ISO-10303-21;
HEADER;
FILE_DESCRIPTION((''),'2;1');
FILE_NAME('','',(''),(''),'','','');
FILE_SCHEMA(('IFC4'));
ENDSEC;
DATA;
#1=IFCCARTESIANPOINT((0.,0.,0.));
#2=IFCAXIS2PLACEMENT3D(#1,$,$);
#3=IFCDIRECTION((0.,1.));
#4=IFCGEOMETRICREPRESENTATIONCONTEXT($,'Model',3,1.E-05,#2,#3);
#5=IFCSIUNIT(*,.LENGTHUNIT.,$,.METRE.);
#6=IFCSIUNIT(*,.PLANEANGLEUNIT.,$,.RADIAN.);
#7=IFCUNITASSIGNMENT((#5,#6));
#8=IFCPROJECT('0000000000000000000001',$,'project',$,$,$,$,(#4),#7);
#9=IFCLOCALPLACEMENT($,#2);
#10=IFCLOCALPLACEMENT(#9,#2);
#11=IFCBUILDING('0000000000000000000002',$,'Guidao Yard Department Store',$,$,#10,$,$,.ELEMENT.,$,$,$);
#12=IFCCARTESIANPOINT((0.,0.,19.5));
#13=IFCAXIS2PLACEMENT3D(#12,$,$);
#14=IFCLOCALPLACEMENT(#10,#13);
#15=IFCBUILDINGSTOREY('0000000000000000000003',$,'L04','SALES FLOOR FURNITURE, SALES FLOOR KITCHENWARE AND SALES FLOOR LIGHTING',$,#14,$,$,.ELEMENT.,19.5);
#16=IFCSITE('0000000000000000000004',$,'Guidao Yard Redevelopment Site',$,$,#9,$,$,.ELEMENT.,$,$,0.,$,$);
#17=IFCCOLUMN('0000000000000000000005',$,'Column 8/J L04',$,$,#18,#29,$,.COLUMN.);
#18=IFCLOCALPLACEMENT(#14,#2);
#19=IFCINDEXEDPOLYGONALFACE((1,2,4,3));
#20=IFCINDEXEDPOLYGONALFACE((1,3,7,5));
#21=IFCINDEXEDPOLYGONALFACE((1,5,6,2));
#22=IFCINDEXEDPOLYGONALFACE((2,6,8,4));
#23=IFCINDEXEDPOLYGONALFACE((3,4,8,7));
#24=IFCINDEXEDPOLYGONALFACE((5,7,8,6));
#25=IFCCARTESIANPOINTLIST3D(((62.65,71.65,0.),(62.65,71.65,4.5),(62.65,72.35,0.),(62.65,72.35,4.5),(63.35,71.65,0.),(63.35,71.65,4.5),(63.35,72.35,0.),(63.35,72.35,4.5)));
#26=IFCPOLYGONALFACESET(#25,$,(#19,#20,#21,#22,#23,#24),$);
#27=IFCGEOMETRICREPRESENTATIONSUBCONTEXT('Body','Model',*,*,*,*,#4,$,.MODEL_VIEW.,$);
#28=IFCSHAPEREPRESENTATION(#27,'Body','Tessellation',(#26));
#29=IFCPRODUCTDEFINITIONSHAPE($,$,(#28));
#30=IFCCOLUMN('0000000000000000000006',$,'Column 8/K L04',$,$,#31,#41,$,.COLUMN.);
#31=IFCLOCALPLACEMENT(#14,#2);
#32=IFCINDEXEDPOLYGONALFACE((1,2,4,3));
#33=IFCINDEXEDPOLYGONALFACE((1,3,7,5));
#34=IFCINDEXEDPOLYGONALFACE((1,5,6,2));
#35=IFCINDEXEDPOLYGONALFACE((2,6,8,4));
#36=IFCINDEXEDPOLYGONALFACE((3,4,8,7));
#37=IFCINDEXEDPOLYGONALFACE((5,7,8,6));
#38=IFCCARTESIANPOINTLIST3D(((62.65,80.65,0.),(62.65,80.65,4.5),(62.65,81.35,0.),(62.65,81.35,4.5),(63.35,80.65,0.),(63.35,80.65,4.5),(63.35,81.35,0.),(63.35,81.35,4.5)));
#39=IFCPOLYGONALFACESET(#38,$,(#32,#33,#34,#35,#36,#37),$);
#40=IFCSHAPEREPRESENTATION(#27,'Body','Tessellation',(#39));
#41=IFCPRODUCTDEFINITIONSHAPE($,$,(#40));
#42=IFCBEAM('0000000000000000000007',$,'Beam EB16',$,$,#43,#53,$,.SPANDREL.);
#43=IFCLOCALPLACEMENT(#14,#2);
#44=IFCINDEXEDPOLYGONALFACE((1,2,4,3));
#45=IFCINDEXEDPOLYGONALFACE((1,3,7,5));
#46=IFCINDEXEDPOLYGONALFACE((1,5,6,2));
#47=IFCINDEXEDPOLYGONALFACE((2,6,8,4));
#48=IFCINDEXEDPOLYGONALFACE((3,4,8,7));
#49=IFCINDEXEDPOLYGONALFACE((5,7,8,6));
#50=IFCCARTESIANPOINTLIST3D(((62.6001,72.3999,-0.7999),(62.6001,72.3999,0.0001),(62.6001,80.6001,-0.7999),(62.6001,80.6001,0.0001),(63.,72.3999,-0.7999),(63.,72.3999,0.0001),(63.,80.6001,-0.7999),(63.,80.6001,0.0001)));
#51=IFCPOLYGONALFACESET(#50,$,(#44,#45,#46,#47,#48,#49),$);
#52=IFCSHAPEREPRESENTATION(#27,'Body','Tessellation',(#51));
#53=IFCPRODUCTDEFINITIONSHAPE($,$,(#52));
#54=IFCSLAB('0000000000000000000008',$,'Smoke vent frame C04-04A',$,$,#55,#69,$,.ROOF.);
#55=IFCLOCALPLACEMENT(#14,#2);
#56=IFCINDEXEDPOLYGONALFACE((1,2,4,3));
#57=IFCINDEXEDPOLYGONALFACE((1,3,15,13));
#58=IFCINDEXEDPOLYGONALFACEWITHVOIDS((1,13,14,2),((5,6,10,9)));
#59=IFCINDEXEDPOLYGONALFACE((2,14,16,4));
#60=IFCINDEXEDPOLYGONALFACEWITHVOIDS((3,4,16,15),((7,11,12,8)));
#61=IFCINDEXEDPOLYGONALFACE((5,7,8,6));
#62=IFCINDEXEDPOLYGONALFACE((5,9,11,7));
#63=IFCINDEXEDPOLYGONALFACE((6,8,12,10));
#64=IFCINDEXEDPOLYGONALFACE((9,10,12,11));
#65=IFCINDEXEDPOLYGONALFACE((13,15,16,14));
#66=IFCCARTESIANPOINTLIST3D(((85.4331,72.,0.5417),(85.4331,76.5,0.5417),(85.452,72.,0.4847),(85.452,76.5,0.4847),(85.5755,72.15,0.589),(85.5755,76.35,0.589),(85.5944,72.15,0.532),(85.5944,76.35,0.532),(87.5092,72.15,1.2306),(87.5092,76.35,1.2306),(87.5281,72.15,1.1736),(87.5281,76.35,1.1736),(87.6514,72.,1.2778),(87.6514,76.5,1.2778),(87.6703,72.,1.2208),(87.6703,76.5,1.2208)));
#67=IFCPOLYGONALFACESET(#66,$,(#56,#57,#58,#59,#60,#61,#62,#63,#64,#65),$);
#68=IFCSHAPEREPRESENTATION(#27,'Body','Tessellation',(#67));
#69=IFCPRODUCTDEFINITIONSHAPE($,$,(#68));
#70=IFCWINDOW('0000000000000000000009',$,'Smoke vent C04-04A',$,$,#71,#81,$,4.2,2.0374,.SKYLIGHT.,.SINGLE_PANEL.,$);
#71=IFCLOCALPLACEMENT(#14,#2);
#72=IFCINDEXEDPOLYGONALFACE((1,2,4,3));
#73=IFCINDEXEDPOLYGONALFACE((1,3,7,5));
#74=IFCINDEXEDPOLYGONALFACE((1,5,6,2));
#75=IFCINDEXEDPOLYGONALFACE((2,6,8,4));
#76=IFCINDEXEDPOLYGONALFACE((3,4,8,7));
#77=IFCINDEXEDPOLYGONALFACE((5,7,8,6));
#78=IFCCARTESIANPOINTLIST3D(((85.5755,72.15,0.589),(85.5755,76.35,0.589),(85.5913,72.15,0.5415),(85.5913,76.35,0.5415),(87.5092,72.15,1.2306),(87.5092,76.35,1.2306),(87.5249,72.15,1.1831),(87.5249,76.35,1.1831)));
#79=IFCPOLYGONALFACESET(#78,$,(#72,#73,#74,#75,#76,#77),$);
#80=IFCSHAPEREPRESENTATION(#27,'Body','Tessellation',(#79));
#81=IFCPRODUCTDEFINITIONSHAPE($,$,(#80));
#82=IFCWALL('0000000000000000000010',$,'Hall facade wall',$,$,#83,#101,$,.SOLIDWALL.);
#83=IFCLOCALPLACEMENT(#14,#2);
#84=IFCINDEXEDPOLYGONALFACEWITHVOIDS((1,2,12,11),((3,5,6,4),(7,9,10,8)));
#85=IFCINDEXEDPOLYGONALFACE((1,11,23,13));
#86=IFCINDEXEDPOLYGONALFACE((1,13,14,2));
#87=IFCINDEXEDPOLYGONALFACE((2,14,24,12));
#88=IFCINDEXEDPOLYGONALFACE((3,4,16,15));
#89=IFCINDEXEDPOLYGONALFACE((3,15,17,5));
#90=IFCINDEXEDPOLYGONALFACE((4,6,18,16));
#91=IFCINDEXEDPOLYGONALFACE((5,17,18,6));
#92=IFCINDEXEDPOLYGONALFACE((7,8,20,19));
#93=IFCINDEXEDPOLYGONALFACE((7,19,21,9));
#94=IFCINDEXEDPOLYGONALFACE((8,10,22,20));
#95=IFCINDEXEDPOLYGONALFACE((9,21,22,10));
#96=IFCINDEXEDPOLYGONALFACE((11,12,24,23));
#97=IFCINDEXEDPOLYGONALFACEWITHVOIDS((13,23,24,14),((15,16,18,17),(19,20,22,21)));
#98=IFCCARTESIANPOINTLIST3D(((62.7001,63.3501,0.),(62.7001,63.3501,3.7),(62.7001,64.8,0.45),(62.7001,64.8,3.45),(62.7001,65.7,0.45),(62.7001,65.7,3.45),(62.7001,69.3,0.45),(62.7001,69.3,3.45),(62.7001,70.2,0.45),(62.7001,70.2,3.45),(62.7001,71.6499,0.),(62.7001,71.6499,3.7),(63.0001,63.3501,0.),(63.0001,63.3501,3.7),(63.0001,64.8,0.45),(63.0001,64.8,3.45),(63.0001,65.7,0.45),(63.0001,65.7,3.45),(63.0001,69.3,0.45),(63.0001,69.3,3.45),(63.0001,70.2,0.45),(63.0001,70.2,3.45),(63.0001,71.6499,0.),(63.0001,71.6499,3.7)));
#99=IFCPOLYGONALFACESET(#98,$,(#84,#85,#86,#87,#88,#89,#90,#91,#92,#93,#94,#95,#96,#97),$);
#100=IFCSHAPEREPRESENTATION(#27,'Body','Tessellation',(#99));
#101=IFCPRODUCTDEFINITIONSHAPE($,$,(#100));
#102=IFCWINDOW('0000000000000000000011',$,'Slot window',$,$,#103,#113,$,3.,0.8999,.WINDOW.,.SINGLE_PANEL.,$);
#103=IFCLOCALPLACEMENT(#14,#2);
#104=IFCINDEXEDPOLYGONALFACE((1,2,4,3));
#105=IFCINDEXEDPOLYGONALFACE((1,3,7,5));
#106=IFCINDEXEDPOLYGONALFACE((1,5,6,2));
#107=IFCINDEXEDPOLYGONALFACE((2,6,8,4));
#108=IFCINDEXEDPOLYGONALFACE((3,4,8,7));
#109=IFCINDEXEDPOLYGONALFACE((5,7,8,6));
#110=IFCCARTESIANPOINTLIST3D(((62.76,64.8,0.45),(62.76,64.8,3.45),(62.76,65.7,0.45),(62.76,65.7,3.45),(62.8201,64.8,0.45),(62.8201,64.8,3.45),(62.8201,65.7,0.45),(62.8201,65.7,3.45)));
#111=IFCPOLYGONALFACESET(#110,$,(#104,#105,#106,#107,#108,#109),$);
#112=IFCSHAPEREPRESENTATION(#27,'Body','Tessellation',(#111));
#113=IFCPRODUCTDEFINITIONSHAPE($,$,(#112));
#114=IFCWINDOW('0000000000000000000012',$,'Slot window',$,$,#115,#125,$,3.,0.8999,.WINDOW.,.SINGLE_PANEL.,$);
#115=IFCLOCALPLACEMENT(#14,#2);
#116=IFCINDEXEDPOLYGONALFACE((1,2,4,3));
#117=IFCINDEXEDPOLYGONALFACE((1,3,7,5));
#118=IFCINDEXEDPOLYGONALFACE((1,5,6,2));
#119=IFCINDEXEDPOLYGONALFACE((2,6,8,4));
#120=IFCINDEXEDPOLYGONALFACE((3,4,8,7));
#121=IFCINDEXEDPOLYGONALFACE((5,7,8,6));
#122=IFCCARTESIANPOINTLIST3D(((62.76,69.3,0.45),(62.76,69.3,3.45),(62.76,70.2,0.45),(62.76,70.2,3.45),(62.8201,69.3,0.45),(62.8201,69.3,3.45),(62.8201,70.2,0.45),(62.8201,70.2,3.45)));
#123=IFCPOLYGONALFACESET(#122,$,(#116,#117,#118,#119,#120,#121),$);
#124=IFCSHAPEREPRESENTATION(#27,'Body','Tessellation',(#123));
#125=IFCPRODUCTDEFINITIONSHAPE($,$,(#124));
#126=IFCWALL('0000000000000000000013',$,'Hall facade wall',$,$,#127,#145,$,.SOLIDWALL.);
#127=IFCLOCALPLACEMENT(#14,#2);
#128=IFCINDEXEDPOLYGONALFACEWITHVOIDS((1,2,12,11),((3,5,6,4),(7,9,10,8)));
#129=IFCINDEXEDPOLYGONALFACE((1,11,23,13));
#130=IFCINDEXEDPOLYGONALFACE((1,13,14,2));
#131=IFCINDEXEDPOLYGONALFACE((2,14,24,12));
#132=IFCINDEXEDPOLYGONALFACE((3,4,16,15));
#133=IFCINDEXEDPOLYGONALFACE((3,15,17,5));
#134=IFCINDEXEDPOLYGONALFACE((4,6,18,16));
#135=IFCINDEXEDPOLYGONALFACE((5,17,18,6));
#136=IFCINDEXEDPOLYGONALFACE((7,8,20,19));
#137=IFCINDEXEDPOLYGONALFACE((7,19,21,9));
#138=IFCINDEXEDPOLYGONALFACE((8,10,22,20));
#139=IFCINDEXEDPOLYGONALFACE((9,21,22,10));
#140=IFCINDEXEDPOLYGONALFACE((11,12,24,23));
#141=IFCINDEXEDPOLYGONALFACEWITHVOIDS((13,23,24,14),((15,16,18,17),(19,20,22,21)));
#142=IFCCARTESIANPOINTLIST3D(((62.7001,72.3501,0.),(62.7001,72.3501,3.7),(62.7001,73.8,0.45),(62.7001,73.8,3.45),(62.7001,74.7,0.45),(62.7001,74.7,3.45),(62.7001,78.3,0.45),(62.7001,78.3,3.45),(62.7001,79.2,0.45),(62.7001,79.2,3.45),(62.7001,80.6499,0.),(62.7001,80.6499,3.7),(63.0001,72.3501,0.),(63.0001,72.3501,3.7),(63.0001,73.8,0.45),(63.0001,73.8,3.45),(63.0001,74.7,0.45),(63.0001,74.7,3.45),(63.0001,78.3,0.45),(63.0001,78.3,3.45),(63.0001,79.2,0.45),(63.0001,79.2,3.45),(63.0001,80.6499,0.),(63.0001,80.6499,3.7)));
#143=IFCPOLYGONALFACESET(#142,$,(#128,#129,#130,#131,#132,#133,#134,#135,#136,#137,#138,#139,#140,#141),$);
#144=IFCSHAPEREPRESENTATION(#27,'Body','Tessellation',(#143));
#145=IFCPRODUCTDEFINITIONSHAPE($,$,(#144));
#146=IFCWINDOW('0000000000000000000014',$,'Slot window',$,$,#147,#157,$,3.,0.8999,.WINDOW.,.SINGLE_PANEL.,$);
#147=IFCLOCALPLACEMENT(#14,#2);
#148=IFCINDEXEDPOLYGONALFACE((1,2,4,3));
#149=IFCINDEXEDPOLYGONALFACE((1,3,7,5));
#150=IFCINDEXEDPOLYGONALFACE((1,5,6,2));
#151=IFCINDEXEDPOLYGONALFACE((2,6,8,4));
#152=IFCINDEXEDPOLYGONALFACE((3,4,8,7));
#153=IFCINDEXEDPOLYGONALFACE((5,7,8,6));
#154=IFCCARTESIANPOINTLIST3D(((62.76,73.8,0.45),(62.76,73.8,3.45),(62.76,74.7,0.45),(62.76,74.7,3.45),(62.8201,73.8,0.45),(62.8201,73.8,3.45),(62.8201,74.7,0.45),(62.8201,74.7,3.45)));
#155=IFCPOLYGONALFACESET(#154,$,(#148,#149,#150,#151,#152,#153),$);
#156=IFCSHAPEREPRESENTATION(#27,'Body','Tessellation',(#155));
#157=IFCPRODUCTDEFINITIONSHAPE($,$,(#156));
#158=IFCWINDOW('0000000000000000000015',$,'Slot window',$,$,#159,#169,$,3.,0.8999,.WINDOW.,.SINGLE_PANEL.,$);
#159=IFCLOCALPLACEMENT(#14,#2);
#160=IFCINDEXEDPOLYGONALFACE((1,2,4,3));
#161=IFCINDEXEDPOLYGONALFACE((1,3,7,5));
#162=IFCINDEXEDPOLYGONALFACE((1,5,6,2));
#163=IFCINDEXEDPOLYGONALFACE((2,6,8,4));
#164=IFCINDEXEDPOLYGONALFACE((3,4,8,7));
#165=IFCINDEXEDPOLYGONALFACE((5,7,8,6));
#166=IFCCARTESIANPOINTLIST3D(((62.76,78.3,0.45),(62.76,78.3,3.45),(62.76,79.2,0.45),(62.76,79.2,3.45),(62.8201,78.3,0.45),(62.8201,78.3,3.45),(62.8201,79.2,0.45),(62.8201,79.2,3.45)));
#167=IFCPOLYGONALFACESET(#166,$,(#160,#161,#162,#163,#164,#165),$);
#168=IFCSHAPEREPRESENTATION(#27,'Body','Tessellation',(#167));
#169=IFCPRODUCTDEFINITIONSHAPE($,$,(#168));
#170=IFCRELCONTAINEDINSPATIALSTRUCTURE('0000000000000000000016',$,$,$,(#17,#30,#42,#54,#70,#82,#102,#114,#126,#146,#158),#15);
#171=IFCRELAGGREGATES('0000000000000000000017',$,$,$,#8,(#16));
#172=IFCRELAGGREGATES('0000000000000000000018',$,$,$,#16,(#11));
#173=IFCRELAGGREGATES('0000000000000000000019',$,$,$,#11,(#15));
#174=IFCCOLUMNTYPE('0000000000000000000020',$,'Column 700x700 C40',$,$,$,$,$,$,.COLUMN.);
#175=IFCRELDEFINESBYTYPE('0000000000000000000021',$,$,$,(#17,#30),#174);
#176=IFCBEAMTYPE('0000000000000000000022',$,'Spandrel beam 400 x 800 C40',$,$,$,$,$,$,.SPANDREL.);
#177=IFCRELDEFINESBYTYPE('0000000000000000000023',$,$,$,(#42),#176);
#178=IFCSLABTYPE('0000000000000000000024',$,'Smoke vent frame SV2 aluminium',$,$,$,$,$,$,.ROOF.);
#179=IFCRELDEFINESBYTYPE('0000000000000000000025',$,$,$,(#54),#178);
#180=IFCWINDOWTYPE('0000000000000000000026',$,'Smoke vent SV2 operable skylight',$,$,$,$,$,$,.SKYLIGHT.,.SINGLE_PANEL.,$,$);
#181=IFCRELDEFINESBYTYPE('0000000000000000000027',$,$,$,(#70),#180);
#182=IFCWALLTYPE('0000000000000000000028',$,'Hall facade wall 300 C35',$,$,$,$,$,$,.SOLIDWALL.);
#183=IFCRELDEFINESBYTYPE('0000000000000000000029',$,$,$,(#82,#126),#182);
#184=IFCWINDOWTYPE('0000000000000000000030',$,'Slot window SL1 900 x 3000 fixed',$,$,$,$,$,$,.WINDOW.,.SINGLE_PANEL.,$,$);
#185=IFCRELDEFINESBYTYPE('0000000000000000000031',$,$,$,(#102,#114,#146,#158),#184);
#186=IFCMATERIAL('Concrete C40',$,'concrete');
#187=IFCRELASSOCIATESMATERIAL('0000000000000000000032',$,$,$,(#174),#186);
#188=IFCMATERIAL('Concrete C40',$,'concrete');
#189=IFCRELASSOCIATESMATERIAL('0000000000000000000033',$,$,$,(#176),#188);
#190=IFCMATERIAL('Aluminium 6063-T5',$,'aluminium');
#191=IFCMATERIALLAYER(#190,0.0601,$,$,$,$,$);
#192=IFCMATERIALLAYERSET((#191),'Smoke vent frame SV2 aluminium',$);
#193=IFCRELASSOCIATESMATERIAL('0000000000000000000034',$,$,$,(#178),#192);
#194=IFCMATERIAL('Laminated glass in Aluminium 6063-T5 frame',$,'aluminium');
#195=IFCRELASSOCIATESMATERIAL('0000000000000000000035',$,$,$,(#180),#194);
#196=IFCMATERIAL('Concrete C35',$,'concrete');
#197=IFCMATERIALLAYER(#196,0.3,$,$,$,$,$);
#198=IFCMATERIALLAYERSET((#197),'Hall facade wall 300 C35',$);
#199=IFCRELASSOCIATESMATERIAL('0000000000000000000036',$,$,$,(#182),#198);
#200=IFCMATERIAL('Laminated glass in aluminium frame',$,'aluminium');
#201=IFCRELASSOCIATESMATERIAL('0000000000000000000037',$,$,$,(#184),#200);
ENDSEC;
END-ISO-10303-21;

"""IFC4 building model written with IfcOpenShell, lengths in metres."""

from ifc_helpers import new_model, si_unit, direction, frame, frame_2d, origin, origin_2d, place, context, subcontext, project, spatial, polyline, rectangle, outline, extrude, material, layer, layer_set, material_profile, profile_set, type_object, element, fill, save


model = new_model("IFC4")

# Units and contexts
model_context = context("Model", 3, precision=1e-05, world=origin(), true_north=direction((0.0, 1.0)))
body_context = subcontext(model_context, "Body", "Model", "MODEL_VIEW")
ifc_project = project(units=[si_unit("LENGTHUNIT", "METRE"), si_unit("PLANEANGLEUNIT", "RADIAN")], contexts=[model_context])

# Site, building, storey
site_placement = place(None, origin())
site = spatial("IfcSite", under=ifc_project, at=site_placement, Name="Guidao Yard Redevelopment Site", CompositionType="ELEMENT", RefElevation=0.0)
building_placement = place(site_placement, origin())
building = spatial("IfcBuilding", under=site, at=building_placement, Name="Guidao Yard Department Store", CompositionType="ELEMENT")
storey_placement = place(building_placement, frame((0.0, 0.0, 19.5)))
storey = spatial("IfcBuildingStorey", under=building, at=storey_placement, Name="L04", Description="SALES FLOOR FURNITURE, SALES FLOOR KITCHENWARE AND SALES FLOOR LIGHTING", CompositionType="ELEMENT", Elevation=19.5)

# Columns
ifc_material_1 = material(Name="Concrete C40", Category="concrete")
ifc_material_profile_1 = material_profile(ifc_material_1, rectangle(XDim=0.7, YDim=0.7, at=origin_2d()), Name="COL 700x700")
ifc_profile_set_1 = profile_set([ifc_material_profile_1], Name="Concrete C40")
column_type = type_object("IfcColumnType", Name="Column 700x700 C40", PredefinedType="COLUMN", material=ifc_profile_set_1)
for number, where, z_axis, x_axis, name in (
    (1, (63.0, 72.0, 0.0), (0.0, 0.0, 1.0), (1.0, 0.0, 0.0), "Column 8/J L04"),
    (2, (63.0, 81.0, 0.0), (0.0, 0.0, 1.0), (1.0, 0.0, 0.0), "Column 8/K L04"),
):
    element("IfcColumn", number, at=place(storey_placement, frame(where, z_axis=z_axis, x_axis=x_axis)), inside=storey, type_object=column_type, Name=name, PredefinedType="COLUMN", context=body_context, shape_type="SweptSolid", body=[
        extrude(rectangle(XDim=0.7, YDim=0.7, at=origin_2d()), origin(), (0.0, 0.0, 1.0), 4.5),
    ])

# Beam
ifc_material_2 = material(Name="Concrete C40", Category="concrete")
ifc_material_profile_2 = material_profile(ifc_material_2, rectangle(XDim=0.3999, YDim=0.8, at=origin_2d()), Name="Spandrel beam 400 x 800 C40")
ifc_profile_set_2 = profile_set([ifc_material_profile_2], Name="Concrete C40")
beam_type = type_object("IfcBeamType", Name="Spandrel beam 400 x 800 C40", PredefinedType="SPANDREL", material=ifc_profile_set_2)
beam_placement = place(storey_placement, frame((62.8, 72.3999, -0.3999), z_axis=(0.0, 1.0, 0.0), x_axis=(-1.0, 0.0, 0.0)))
element("IfcBeam", 3, at=beam_placement, inside=storey, type_object=beam_type, Name="Beam EB16", PredefinedType="SPANDREL", context=body_context, shape_type="SweptSolid", body=[
    extrude(rectangle(XDim=0.3999, YDim=0.8, at=origin_2d()), origin(), (0.0, 0.0, 1.0), 8.2002),
])

# Slab, opening, window
ifc_material_3 = material(Name="Aluminium 6063-T5", Category="aluminium")
ifc_layer_1 = layer(ifc_material_3, 0.0601)
ifc_layer_set_1 = layer_set([ifc_layer_1], Name="Smoke vent frame SV2 aluminium")
slab_type = type_object("IfcSlabType", Name="Smoke vent frame SV2 aluminium", PredefinedType="ROOF", material=ifc_layer_set_1)
slab_placement = place(storey_placement, frame((85.4331, 72.0, 0.5417), z_axis=(-0.314943, 0.0, 0.949111), x_axis=(0.949111, 0.0, 0.314943)))
slab = element("IfcSlab", 4, at=slab_placement, inside=storey, type_object=slab_type, Name="Smoke vent frame C04-04A", PredefinedType="ROOF", context=body_context, shape_type="SweptSolid", body=[
    extrude(outline(polyline([(0.0, 0.0), (2.3372, 0.0), (2.3372, 4.5), (0.0, 4.5), (0.0, 0.0)])), origin(), (0.0, 0.0, -1.0), 0.0601),
])
opening_1_placement = place(slab_placement, frame((1.1687, 2.25, 0.0)))
opening_1 = element("IfcOpeningElement", 5, at=opening_1_placement, cuts=slab, PredefinedType="OPENING", context=body_context, shape_type="SweptSolid", body=[
    extrude(rectangle(XDim=2.0374, YDim=4.2, at=origin_2d()), frame((0.0, 0.0, 0.01)), (0.0, 0.0, -1.0), 0.0801),
])
ifc_material_4 = material(Name="Laminated glass in Aluminium 6063-T5 frame", Category="aluminium")
window_type_1 = type_object("IfcWindowType", Name="Smoke vent SV2 operable skylight", PartitioningType="SINGLE_PANEL", PredefinedType="SKYLIGHT", material=ifc_material_4)
window_1_placement = place(opening_1_placement, frame((0.0, 0.0, -0.05)))
window_1 = element("IfcWindow", 6, at=window_1_placement, inside=storey, type_object=window_type_1, Name="Smoke vent C04-04A", OverallHeight=4.2, OverallWidth=2.0374, PartitioningType="SINGLE_PANEL", PredefinedType="SKYLIGHT", context=body_context, shape_type="SweptSolid", body=[
    extrude(rectangle(XDim=2.0374, YDim=4.2, at=origin_2d()), origin(), (0.0, 0.0, 1.0), 0.05),
])
fill(opening_1, window_1)

# Walls, openings, windows
ifc_material_5 = material(Name="Concrete C35", Category="concrete")
ifc_layer_2 = layer(ifc_material_5, 0.3)
ifc_layer_set_2 = layer_set([ifc_layer_2], Name="Hall facade wall 300 C35")
wall_type_1 = type_object("IfcWallType", Name="Hall facade wall 300 C35", PredefinedType="SOLIDWALL", material=ifc_layer_set_2)
wall_1_placement = place(storey_placement, frame((62.8501, 71.6499, 0.0), z_axis=(0.0, 0.0, 1.0), x_axis=(0.0, -1.0, 0.0)))
wall_1 = element("IfcWall", 7, at=wall_1_placement, inside=storey, type_object=wall_type_1, Name="Hall facade wall", PredefinedType="SOLIDWALL", context=body_context, shape_type="SweptSolid", body=[
    extrude(rectangle(XDim=8.2998, YDim=0.3, at=frame_2d((4.1499, 0.0))), origin(), (0.0, 0.0, 1.0), 3.7),
])
opening_2_placement = place(wall_1_placement, frame((5.95, 0.0, 0.45)))
opening_2 = element("IfcOpeningElement", 8, at=opening_2_placement, cuts=wall_1, PredefinedType="OPENING", context=body_context, shape_type="SweptSolid", body=[
    extrude(rectangle(XDim=0.8999, YDim=3.0, at=frame_2d((0.45, 1.5))), frame((0.0, 0.1599, 0.0), z_axis=(0.0, -1.0, 0.0), x_axis=(1.0, 0.0, 0.0)), (0.0, 0.0, 1.0), 0.3201),
])
opening_3_placement = place(wall_1_placement, frame((1.45, 0.0, 0.45)))
opening_3 = element("IfcOpeningElement", 9, at=opening_3_placement, cuts=wall_1, PredefinedType="OPENING", context=body_context, shape_type="SweptSolid", body=[
    extrude(rectangle(XDim=0.8999, YDim=3.0, at=frame_2d((0.45, 1.5))), frame((0.0, 0.1599, 0.0), z_axis=(0.0, -1.0, 0.0), x_axis=(1.0, 0.0, 0.0)), (0.0, 0.0, 1.0), 0.3201),
])
ifc_material_6 = material(Name="Laminated glass in aluminium frame", Category="aluminium")
window_type_2 = type_object("IfcWindowType", Name="Slot window SL1 900 x 3000 fixed", PartitioningType="SINGLE_PANEL", PredefinedType="WINDOW", material=ifc_material_6)
window_2_placement = place(opening_2_placement, origin())
window_2 = element("IfcWindow", 10, at=window_2_placement, inside=storey, type_object=window_type_2, Name="Slot window", OverallHeight=3.0, OverallWidth=0.8999, PartitioningType="SINGLE_PANEL", PredefinedType="WINDOW", context=body_context, shape_type="SweptSolid", body=[
    extrude(rectangle(XDim=0.8999, YDim=3.0, at=frame_2d((0.45, 1.5))), frame((0.0, -0.03, 0.0), z_axis=(0.0, -1.0, 0.0), x_axis=(1.0, 0.0, 0.0)), (0.0, 0.0, 1.0), 0.0601),
])
fill(opening_2, window_2)
window_3_placement = place(opening_3_placement, origin())
window_3 = element("IfcWindow", 11, at=window_3_placement, inside=storey, type_object=window_type_2, Name="Slot window", OverallHeight=3.0, OverallWidth=0.8999, PartitioningType="SINGLE_PANEL", PredefinedType="WINDOW", context=body_context, shape_type="SweptSolid", body=[
    extrude(rectangle(XDim=0.8999, YDim=3.0, at=frame_2d((0.45, 1.5))), frame((0.0, -0.03, 0.0), z_axis=(0.0, -1.0, 0.0), x_axis=(1.0, 0.0, 0.0)), (0.0, 0.0, 1.0), 0.0601),
])
fill(opening_3, window_3)
wall_2_placement = place(storey_placement, frame((62.8501, 80.6499, 0.0), z_axis=(0.0, 0.0, 1.0), x_axis=(0.0, -1.0, 0.0)))
wall_2 = element("IfcWall", 12, at=wall_2_placement, inside=storey, type_object=wall_type_1, Name="Hall facade wall", PredefinedType="SOLIDWALL", context=body_context, shape_type="SweptSolid", body=[
    extrude(rectangle(XDim=8.2998, YDim=0.3, at=frame_2d((4.1499, 0.0))), origin(), (0.0, 0.0, 1.0), 3.7),
])
opening_4_placement = place(wall_2_placement, frame((5.95, 0.0, 0.45)))
opening_4 = element("IfcOpeningElement", 13, at=opening_4_placement, cuts=wall_2, PredefinedType="OPENING", context=body_context, shape_type="SweptSolid", body=[
    extrude(rectangle(XDim=0.8999, YDim=3.0, at=frame_2d((0.45, 1.5))), frame((0.0, 0.1599, 0.0), z_axis=(0.0, -1.0, 0.0), x_axis=(1.0, 0.0, 0.0)), (0.0, 0.0, 1.0), 0.3201),
])
opening_5_placement = place(wall_2_placement, frame((1.45, 0.0, 0.45)))
opening_5 = element("IfcOpeningElement", 14, at=opening_5_placement, cuts=wall_2, PredefinedType="OPENING", context=body_context, shape_type="SweptSolid", body=[
    extrude(rectangle(XDim=0.8999, YDim=3.0, at=frame_2d((0.45, 1.5))), frame((0.0, 0.1599, 0.0), z_axis=(0.0, -1.0, 0.0), x_axis=(1.0, 0.0, 0.0)), (0.0, 0.0, 1.0), 0.3201),
])
window_4_placement = place(opening_4_placement, origin())
window_4 = element("IfcWindow", 15, at=window_4_placement, inside=storey, type_object=window_type_2, Name="Slot window", OverallHeight=3.0, OverallWidth=0.8999, PartitioningType="SINGLE_PANEL", PredefinedType="WINDOW", context=body_context, shape_type="SweptSolid", body=[
    extrude(rectangle(XDim=0.8999, YDim=3.0, at=frame_2d((0.45, 1.5))), frame((0.0, -0.03, 0.0), z_axis=(0.0, -1.0, 0.0), x_axis=(1.0, 0.0, 0.0)), (0.0, 0.0, 1.0), 0.0601),
])
fill(opening_4, window_4)
window_5_placement = place(opening_5_placement, origin())
window_5 = element("IfcWindow", 16, at=window_5_placement, inside=storey, type_object=window_type_2, Name="Slot window", OverallHeight=3.0, OverallWidth=0.8999, PartitioningType="SINGLE_PANEL", PredefinedType="WINDOW", context=body_context, shape_type="SweptSolid", body=[
    extrude(rectangle(XDim=0.8999, YDim=3.0, at=frame_2d((0.45, 1.5))), frame((0.0, -0.03, 0.0), z_axis=(0.0, -1.0, 0.0), x_axis=(1.0, 0.0, 0.0)), (0.0, 0.0, 1.0), 0.0601),
])
fill(opening_5, window_5)

save(model, "model.ifc")
